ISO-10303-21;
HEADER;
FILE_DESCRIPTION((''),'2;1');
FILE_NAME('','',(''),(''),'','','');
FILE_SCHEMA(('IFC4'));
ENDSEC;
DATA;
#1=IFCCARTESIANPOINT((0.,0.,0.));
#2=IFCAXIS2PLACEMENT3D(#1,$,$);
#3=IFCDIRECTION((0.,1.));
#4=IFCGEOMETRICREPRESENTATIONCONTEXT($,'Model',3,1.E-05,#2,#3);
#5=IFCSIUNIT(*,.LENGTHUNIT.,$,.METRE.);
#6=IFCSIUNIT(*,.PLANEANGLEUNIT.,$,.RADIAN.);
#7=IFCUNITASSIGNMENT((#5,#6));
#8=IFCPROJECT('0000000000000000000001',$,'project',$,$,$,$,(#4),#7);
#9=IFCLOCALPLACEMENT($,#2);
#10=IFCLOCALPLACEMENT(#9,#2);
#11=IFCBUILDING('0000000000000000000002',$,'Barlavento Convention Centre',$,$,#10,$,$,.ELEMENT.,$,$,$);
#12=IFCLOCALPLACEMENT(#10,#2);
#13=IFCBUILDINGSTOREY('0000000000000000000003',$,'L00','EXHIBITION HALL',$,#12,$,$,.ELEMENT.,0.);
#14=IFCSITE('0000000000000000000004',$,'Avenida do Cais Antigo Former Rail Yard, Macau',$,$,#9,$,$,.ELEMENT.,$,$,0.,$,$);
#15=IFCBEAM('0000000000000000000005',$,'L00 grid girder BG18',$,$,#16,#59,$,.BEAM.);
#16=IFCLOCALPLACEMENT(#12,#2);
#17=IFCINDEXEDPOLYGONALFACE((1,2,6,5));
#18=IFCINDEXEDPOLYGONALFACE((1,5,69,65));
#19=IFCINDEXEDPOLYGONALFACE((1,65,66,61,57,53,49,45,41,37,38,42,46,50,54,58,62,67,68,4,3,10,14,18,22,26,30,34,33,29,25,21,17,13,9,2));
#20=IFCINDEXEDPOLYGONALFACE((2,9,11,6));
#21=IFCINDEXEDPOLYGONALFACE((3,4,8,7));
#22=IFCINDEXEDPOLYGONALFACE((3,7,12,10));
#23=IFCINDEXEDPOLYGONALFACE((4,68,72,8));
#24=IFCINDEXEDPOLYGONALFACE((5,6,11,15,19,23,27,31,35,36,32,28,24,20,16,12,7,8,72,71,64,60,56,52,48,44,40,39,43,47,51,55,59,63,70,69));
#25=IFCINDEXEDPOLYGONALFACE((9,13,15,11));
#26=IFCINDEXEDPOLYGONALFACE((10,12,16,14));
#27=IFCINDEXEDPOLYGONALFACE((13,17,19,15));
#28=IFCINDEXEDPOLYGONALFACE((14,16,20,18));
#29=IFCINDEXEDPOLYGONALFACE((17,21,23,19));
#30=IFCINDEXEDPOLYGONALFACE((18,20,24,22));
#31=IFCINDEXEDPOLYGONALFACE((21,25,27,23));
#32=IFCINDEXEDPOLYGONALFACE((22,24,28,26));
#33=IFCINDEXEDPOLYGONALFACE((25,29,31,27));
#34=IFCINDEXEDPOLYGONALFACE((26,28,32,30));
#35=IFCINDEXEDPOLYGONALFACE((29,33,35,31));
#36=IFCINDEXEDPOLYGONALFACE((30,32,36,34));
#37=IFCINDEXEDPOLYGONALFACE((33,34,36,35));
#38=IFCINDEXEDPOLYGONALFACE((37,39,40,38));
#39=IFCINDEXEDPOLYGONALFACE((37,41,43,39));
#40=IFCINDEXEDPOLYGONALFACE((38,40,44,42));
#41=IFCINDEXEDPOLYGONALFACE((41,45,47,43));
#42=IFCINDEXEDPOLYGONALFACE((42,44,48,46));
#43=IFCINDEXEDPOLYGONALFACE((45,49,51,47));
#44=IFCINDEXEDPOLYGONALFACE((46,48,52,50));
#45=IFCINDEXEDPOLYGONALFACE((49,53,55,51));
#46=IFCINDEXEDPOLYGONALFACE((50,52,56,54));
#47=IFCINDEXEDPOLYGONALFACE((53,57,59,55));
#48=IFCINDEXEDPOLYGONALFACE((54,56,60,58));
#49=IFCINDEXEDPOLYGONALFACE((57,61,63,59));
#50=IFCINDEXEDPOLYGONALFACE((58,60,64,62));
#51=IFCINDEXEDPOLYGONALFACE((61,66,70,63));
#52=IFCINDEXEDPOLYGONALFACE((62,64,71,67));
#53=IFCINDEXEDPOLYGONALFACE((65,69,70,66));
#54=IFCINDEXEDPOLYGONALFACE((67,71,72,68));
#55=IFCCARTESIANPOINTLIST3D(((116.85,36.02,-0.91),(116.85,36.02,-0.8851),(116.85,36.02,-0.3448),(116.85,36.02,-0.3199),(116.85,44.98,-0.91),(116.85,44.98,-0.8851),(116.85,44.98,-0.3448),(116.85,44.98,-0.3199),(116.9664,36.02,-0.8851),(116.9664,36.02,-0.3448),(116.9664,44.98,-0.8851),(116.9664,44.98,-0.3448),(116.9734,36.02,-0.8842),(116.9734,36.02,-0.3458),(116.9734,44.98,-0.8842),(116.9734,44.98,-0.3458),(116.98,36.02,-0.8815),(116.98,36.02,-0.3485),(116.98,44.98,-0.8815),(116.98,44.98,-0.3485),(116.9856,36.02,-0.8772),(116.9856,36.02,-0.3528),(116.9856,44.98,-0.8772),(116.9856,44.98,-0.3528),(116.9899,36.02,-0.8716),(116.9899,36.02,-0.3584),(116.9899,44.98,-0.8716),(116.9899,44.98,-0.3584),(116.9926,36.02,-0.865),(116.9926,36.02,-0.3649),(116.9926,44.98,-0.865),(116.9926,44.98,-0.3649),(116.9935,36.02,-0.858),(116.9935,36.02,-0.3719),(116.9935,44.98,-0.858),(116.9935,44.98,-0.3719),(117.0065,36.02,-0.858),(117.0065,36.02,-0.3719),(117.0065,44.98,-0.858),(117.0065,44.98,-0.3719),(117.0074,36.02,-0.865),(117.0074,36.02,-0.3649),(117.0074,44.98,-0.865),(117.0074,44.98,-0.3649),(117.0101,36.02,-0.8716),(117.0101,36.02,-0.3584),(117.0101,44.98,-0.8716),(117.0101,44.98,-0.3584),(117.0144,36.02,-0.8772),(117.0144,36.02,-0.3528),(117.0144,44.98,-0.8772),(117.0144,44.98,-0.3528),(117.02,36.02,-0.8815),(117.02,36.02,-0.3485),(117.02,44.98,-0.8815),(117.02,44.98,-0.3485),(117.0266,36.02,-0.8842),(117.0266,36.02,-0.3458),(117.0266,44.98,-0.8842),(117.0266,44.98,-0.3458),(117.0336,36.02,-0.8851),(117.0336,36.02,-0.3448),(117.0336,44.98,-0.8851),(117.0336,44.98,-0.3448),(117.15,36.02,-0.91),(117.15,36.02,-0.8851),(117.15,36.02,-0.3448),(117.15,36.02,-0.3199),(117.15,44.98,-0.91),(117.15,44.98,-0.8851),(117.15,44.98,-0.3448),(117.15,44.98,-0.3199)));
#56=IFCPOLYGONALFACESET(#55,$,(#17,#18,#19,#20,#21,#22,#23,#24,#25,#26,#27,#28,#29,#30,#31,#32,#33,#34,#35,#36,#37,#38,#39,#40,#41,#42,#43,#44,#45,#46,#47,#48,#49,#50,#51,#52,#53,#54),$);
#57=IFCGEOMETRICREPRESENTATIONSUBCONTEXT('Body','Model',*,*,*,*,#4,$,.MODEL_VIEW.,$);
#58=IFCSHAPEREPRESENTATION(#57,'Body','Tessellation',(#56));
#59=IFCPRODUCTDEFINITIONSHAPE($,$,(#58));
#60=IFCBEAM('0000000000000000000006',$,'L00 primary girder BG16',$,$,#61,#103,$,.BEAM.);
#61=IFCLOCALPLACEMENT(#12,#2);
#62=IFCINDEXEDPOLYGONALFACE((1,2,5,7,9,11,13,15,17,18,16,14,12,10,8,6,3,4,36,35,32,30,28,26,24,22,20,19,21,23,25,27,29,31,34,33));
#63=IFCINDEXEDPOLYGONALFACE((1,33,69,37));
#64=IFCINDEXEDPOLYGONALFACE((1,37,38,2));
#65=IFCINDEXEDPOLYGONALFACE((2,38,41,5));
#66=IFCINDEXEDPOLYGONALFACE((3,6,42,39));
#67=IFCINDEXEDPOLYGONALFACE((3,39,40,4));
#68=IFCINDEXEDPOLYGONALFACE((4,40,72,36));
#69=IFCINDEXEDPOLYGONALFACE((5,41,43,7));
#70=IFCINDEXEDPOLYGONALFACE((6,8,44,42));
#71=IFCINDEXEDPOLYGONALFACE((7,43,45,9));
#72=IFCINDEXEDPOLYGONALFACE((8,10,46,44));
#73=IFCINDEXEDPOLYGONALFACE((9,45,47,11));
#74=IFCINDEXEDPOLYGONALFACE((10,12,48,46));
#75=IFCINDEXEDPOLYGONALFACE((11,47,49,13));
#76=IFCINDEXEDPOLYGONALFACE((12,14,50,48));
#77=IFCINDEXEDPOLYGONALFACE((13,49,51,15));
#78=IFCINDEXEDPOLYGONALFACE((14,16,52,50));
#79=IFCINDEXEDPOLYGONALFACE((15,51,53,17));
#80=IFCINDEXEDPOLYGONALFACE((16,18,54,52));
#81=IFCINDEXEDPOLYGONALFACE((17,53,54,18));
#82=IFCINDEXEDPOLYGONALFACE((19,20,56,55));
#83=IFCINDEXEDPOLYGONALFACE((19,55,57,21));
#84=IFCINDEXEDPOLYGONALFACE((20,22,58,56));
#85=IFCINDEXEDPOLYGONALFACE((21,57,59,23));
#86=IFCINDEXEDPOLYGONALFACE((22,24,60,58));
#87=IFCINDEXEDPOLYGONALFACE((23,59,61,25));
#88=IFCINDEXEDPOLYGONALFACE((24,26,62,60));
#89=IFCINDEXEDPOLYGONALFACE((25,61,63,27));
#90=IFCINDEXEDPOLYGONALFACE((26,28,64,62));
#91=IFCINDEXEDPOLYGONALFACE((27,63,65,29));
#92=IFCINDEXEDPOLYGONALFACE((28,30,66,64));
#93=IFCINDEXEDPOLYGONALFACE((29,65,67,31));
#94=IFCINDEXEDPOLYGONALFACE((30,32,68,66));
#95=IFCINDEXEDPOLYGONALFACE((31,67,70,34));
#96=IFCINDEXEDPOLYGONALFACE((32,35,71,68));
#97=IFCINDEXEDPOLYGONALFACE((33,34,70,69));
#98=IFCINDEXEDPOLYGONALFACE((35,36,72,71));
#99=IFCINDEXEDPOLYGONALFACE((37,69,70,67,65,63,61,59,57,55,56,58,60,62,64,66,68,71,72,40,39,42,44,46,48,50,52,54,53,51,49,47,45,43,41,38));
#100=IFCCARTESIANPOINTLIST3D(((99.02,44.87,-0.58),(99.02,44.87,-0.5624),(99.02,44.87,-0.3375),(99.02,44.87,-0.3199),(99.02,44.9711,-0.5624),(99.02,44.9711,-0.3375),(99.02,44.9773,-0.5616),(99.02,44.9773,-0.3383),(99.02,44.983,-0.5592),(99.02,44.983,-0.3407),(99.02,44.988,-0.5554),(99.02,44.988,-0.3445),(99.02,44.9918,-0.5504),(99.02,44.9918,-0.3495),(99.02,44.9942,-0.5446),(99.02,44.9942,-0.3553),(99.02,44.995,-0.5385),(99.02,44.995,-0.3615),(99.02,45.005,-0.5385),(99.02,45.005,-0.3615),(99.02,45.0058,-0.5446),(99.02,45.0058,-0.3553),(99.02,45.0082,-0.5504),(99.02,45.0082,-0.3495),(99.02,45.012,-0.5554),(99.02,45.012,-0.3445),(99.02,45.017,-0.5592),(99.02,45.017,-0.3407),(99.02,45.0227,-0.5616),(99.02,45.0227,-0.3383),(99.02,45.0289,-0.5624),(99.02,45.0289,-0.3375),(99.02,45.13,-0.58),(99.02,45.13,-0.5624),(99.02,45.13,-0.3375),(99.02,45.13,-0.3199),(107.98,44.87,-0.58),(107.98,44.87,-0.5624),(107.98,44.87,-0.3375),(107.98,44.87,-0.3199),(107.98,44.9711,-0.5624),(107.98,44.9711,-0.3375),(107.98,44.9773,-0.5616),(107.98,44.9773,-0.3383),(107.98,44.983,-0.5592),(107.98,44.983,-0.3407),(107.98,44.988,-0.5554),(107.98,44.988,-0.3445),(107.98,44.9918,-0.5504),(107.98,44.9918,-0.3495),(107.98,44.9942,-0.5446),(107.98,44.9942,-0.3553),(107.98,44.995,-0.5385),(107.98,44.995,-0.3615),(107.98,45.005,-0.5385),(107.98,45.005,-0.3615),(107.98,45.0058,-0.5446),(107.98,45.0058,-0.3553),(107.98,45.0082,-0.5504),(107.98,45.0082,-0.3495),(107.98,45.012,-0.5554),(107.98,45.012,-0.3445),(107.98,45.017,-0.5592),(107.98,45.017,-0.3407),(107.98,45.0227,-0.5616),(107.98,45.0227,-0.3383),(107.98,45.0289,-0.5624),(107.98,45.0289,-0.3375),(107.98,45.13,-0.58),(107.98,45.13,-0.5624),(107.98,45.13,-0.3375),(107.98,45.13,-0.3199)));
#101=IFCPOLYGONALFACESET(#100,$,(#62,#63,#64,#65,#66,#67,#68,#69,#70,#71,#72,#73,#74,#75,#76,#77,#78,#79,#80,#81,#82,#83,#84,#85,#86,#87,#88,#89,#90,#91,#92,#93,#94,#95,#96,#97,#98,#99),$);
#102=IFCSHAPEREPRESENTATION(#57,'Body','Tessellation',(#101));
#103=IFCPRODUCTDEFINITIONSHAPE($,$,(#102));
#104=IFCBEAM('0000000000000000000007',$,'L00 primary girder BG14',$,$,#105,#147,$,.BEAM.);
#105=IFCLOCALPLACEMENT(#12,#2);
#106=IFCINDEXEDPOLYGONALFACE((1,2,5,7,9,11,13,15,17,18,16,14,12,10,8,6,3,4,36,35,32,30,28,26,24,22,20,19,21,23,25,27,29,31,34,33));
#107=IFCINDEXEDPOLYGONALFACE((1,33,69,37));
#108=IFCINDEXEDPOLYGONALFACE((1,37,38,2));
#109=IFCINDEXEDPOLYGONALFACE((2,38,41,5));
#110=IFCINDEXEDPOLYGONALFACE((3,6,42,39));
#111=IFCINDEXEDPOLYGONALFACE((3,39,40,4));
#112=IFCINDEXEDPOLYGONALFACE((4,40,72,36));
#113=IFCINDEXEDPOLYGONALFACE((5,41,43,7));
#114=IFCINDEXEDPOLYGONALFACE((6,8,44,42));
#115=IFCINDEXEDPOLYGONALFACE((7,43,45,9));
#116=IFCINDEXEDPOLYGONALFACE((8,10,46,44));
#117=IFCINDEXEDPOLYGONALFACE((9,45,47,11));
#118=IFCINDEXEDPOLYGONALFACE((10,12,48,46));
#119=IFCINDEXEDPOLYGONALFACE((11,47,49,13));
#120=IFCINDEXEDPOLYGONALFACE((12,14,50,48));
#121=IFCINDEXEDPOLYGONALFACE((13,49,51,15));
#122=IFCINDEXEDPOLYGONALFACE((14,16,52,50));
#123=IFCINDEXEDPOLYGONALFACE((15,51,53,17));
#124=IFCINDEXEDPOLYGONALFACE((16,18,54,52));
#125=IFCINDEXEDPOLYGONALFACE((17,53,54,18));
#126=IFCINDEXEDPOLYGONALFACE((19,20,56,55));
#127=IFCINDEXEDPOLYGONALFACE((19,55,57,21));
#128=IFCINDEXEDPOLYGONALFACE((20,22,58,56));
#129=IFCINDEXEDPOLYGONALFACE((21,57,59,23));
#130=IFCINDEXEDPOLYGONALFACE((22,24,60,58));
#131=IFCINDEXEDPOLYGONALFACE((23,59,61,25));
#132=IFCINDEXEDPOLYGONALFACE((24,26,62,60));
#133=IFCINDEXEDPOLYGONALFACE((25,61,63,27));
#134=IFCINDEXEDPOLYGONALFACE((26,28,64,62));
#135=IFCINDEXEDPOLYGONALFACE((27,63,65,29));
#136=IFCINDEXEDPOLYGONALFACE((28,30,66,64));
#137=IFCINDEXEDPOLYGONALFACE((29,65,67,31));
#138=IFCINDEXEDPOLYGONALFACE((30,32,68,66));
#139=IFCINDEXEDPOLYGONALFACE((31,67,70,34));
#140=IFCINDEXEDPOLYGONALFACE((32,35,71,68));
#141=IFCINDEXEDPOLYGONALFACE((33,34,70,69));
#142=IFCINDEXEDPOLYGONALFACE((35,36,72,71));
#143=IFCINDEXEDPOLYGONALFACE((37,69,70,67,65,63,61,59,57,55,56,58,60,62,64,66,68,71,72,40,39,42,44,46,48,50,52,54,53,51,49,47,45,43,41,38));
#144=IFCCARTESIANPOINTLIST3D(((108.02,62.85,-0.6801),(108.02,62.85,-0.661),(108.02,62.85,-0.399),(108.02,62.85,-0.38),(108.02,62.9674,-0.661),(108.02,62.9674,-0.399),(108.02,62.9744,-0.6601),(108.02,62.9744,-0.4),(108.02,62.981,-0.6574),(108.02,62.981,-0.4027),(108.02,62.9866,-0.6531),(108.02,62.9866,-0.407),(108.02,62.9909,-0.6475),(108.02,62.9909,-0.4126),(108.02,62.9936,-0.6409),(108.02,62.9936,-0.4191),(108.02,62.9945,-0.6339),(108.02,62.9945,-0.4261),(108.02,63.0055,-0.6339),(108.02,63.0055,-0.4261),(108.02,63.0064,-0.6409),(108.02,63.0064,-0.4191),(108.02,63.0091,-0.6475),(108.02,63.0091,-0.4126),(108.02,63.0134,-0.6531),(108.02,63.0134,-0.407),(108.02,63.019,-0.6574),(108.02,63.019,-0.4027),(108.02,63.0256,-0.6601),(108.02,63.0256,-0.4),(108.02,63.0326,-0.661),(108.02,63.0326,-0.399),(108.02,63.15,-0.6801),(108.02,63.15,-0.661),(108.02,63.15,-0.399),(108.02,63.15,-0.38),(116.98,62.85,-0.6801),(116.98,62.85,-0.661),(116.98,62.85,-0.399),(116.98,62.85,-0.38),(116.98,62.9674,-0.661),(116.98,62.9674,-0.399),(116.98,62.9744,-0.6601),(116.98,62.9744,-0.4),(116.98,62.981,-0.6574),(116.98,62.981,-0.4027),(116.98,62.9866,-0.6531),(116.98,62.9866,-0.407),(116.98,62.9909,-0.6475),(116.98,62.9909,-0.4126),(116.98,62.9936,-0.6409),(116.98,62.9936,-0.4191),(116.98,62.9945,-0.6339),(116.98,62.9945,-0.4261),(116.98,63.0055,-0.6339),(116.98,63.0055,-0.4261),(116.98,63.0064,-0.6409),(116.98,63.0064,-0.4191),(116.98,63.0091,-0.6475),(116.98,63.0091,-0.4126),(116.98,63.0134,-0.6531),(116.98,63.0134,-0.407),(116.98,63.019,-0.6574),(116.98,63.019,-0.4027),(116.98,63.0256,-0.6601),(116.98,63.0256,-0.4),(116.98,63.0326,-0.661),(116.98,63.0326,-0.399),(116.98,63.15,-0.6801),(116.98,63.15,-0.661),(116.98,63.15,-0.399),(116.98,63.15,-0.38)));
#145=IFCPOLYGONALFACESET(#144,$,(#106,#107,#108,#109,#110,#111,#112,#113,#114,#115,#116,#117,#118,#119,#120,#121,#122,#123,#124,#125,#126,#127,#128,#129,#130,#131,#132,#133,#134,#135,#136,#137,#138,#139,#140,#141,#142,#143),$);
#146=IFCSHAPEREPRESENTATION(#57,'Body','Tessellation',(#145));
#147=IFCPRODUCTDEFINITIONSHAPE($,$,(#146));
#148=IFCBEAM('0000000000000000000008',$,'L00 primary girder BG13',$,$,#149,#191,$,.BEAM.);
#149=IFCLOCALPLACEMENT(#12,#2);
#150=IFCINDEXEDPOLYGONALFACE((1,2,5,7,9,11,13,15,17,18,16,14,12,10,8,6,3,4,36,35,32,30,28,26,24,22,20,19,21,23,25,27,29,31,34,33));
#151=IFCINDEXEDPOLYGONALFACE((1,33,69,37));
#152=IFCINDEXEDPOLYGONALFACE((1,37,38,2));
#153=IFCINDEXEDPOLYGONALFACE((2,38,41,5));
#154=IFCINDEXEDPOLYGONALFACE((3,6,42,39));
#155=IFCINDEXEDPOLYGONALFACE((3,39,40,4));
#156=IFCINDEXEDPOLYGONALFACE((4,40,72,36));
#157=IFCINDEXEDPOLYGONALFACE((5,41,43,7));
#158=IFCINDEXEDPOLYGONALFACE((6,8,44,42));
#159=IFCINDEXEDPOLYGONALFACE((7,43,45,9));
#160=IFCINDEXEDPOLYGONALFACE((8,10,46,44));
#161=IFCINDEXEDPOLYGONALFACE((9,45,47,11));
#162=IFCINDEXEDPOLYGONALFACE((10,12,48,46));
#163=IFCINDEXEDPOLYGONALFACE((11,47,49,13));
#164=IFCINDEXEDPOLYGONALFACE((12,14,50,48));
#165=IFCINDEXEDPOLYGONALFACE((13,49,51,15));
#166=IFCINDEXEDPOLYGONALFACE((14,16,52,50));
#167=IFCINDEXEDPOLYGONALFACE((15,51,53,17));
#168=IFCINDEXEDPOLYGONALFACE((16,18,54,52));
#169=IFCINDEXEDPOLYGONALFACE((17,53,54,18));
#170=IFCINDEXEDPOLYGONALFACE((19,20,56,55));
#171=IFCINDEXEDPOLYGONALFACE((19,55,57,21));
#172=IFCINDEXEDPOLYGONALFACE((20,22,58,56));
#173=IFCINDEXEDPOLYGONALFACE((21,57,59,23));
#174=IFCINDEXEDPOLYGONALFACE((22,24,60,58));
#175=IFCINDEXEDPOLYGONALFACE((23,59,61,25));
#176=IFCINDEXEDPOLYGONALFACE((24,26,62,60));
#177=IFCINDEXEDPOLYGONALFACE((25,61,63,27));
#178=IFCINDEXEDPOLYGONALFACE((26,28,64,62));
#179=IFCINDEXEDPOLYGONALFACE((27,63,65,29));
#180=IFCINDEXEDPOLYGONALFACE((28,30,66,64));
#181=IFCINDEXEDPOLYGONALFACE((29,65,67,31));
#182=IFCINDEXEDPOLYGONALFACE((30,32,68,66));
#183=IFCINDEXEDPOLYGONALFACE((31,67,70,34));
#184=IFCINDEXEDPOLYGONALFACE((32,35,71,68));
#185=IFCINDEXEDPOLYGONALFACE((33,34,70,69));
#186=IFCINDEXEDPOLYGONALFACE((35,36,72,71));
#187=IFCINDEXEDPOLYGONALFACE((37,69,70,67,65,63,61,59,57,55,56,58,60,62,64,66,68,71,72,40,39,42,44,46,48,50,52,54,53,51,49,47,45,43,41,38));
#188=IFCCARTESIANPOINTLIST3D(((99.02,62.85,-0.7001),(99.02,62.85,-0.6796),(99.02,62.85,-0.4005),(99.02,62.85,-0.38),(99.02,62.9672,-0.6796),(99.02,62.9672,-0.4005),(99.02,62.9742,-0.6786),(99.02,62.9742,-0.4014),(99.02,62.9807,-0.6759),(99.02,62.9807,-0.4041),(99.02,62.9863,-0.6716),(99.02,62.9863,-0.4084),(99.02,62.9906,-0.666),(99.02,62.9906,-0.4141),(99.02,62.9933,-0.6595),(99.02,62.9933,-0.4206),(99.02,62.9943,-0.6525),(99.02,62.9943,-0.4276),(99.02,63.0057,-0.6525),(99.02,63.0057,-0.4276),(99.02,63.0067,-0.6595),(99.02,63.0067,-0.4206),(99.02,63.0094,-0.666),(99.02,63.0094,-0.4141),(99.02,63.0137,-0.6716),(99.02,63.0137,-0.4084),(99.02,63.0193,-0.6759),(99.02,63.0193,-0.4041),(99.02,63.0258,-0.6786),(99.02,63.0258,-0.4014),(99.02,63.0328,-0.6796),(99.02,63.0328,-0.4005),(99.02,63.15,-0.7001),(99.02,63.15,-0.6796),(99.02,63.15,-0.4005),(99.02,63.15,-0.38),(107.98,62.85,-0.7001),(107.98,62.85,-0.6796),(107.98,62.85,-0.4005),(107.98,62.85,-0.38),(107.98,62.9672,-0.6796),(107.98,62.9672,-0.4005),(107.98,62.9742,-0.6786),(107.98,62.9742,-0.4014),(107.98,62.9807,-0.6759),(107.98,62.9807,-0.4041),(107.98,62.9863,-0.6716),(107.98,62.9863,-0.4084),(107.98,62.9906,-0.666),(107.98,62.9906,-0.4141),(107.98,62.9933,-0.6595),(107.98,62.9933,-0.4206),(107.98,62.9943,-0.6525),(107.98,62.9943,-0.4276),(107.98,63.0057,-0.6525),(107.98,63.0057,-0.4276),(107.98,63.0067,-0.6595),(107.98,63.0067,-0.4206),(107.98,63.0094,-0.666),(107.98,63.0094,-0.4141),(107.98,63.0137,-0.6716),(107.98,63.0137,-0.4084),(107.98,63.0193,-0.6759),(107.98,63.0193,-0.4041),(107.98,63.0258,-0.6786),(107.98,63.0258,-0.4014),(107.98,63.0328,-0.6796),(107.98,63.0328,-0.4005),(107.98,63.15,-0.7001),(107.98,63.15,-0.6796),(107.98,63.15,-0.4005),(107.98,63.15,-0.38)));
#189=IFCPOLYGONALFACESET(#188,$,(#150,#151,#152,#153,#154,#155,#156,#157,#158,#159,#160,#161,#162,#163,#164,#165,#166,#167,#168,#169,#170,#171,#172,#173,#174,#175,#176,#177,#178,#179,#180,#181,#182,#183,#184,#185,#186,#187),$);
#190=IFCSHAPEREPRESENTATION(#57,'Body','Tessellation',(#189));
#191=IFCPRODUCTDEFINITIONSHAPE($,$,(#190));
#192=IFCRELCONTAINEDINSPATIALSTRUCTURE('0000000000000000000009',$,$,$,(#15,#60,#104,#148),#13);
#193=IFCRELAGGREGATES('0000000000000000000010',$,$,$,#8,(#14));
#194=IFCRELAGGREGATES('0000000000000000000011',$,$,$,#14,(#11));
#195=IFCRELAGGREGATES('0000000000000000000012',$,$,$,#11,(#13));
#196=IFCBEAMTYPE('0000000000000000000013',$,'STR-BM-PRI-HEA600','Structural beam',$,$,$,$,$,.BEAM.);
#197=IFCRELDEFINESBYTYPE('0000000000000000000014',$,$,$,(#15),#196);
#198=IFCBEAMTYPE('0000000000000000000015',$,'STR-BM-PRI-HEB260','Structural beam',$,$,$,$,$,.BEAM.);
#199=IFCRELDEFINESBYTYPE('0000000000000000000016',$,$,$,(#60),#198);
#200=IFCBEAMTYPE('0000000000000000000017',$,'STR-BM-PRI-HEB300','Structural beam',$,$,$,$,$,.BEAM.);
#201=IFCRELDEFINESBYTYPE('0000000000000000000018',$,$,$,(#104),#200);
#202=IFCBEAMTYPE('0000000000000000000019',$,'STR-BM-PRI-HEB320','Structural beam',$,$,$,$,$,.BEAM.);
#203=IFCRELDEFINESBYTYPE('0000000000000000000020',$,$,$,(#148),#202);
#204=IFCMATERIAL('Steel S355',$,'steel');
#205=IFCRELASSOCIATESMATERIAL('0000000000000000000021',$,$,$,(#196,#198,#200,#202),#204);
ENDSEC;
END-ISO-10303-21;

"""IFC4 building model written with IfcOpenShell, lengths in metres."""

from ifc_helpers import new_model, si_unit, direction, frame, origin, origin_2d, place, context, subcontext, project, spatial, i_section, extrude, material, material_profile, profile_set, type_object, element, save


model = new_model("IFC4")

# Units and contexts
model_context = context("Model", 3, precision=1e-05, world=origin(), true_north=direction((0.0, 1.0)))
body_context = subcontext(model_context, "Body", "Model", "MODEL_VIEW")
ifc_project = project(units=[si_unit("LENGTHUNIT", "METRE"), si_unit("PLANEANGLEUNIT", "RADIAN")], contexts=[model_context])

# Site, building, storey
site_placement = place(None, origin())
site = spatial("IfcSite", under=ifc_project, at=site_placement, Name="Avenida do Cais Antigo Former Rail Yard, Macau", CompositionType="ELEMENT", RefElevation=0.0)
building_placement = place(site_placement, origin())
building = spatial("IfcBuilding", under=site, at=building_placement, Name="Barlavento Convention Centre", CompositionType="ELEMENT")
storey_placement = place(building_placement, origin())
storey = spatial("IfcBuildingStorey", under=building, at=storey_placement, Name="L00", Description="EXHIBITION HALL", CompositionType="ELEMENT", Elevation=0.0)

# Beams
ifc_material_1 = material(Name="Steel S355", Category="steel")
ifc_material_profile_1 = material_profile(ifc_material_1, i_section(OverallWidth=0.3, OverallDepth=0.5901, WebThickness=0.0129, FlangeThickness=0.0249, FilletRadius=0.0271, at=origin_2d()), Name="HEA 600")
ifc_profile_set_1 = profile_set([ifc_material_profile_1], Name="Steel S355")
beam_type_1 = type_object("IfcBeamType", Name="STR-BM-PRI-HEA600", Description="Structural beam", PredefinedType="BEAM", material=ifc_profile_set_1)
beam_1_placement = place(storey_placement, frame((117.0, 36.02, -0.615), z_axis=(0.0, 1.0, 0.0), x_axis=(-1.0, 0.0, 0.0)))
element("IfcBeam", 1, at=beam_1_placement, inside=storey, type_object=beam_type_1, Name="L00 grid girder BG18", PredefinedType="BEAM", context=body_context, shape_type="SweptSolid", body=[
    extrude(i_section(OverallWidth=0.3, OverallDepth=0.5901, WebThickness=0.0129, FlangeThickness=0.0249, FilletRadius=0.0271, at=origin_2d()), origin(), (0.0, 0.0, 1.0), 8.96),
])
ifc_material_profile_2 = material_profile(ifc_material_1, i_section(OverallWidth=0.26, OverallDepth=0.26, WebThickness=0.01, FlangeThickness=0.0176, FilletRadius=0.0239, at=origin_2d()), Name="HEB 260")
ifc_profile_set_2 = profile_set([ifc_material_profile_2], Name="Steel S355")
beam_type_2 = type_object("IfcBeamType", Name="STR-BM-PRI-HEB260", Description="Structural beam", PredefinedType="BEAM", material=ifc_profile_set_2)
beam_2_placement = place(storey_placement, frame((99.02, 45.0, -0.45), z_axis=(1.0, 0.0, 0.0), x_axis=(0.0, 1.0, 0.0)))
element("IfcBeam", 2, at=beam_2_placement, inside=storey, type_object=beam_type_2, Name="L00 primary girder BG16", PredefinedType="BEAM", context=body_context, shape_type="SweptSolid", body=[
    extrude(i_section(OverallWidth=0.26, OverallDepth=0.26, WebThickness=0.01, FlangeThickness=0.0176, FilletRadius=0.0239, at=origin_2d()), origin(), (0.0, 0.0, 1.0), 8.96),
])
ifc_material_profile_3 = material_profile(ifc_material_1, i_section(OverallWidth=0.3, OverallDepth=0.3, WebThickness=0.011, FlangeThickness=0.019, FilletRadius=0.0271, at=origin_2d()), Name="HEB 300")
ifc_profile_set_3 = profile_set([ifc_material_profile_3], Name="Steel S355")
beam_type_3 = type_object("IfcBeamType", Name="STR-BM-PRI-HEB300", Description="Structural beam", PredefinedType="BEAM", material=ifc_profile_set_3)
beam_3_placement = place(storey_placement, frame((108.02, 63.0, -0.53), z_axis=(1.0, 0.0, 0.0), x_axis=(0.0, 1.0, 0.0)))
element("IfcBeam", 3, at=beam_3_placement, inside=storey, type_object=beam_type_3, Name="L00 primary girder BG14", PredefinedType="BEAM", context=body_context, shape_type="SweptSolid", body=[
    extrude(i_section(OverallWidth=0.3, OverallDepth=0.3, WebThickness=0.011, FlangeThickness=0.019, FilletRadius=0.0271, at=origin_2d()), origin(), (0.0, 0.0, 1.0), 8.96),
])
ifc_material_profile_4 = material_profile(ifc_material_1, i_section(OverallWidth=0.3, OverallDepth=0.3201, WebThickness=0.0115, FlangeThickness=0.0205, FilletRadius=0.0271, at=origin_2d()), Name="HEB 320")
ifc_profile_set_4 = profile_set([ifc_material_profile_4], Name="Steel S355")
beam_type_4 = type_object("IfcBeamType", Name="STR-BM-PRI-HEB320", Description="Structural beam", PredefinedType="BEAM", material=ifc_profile_set_4)
beam_4_placement = place(storey_placement, frame((99.02, 63.0, -0.54), z_axis=(1.0, 0.0, 0.0), x_axis=(0.0, 1.0, 0.0)))
element("IfcBeam", 4, at=beam_4_placement, inside=storey, type_object=beam_type_4, Name="L00 primary girder BG13", PredefinedType="BEAM", context=body_context, shape_type="SweptSolid", body=[
    extrude(i_section(OverallWidth=0.3, OverallDepth=0.3201, WebThickness=0.0115, FlangeThickness=0.0205, FilletRadius=0.0271, at=origin_2d()), origin(), (0.0, 0.0, 1.0), 8.96),
])

save(model, "model.ifc")
